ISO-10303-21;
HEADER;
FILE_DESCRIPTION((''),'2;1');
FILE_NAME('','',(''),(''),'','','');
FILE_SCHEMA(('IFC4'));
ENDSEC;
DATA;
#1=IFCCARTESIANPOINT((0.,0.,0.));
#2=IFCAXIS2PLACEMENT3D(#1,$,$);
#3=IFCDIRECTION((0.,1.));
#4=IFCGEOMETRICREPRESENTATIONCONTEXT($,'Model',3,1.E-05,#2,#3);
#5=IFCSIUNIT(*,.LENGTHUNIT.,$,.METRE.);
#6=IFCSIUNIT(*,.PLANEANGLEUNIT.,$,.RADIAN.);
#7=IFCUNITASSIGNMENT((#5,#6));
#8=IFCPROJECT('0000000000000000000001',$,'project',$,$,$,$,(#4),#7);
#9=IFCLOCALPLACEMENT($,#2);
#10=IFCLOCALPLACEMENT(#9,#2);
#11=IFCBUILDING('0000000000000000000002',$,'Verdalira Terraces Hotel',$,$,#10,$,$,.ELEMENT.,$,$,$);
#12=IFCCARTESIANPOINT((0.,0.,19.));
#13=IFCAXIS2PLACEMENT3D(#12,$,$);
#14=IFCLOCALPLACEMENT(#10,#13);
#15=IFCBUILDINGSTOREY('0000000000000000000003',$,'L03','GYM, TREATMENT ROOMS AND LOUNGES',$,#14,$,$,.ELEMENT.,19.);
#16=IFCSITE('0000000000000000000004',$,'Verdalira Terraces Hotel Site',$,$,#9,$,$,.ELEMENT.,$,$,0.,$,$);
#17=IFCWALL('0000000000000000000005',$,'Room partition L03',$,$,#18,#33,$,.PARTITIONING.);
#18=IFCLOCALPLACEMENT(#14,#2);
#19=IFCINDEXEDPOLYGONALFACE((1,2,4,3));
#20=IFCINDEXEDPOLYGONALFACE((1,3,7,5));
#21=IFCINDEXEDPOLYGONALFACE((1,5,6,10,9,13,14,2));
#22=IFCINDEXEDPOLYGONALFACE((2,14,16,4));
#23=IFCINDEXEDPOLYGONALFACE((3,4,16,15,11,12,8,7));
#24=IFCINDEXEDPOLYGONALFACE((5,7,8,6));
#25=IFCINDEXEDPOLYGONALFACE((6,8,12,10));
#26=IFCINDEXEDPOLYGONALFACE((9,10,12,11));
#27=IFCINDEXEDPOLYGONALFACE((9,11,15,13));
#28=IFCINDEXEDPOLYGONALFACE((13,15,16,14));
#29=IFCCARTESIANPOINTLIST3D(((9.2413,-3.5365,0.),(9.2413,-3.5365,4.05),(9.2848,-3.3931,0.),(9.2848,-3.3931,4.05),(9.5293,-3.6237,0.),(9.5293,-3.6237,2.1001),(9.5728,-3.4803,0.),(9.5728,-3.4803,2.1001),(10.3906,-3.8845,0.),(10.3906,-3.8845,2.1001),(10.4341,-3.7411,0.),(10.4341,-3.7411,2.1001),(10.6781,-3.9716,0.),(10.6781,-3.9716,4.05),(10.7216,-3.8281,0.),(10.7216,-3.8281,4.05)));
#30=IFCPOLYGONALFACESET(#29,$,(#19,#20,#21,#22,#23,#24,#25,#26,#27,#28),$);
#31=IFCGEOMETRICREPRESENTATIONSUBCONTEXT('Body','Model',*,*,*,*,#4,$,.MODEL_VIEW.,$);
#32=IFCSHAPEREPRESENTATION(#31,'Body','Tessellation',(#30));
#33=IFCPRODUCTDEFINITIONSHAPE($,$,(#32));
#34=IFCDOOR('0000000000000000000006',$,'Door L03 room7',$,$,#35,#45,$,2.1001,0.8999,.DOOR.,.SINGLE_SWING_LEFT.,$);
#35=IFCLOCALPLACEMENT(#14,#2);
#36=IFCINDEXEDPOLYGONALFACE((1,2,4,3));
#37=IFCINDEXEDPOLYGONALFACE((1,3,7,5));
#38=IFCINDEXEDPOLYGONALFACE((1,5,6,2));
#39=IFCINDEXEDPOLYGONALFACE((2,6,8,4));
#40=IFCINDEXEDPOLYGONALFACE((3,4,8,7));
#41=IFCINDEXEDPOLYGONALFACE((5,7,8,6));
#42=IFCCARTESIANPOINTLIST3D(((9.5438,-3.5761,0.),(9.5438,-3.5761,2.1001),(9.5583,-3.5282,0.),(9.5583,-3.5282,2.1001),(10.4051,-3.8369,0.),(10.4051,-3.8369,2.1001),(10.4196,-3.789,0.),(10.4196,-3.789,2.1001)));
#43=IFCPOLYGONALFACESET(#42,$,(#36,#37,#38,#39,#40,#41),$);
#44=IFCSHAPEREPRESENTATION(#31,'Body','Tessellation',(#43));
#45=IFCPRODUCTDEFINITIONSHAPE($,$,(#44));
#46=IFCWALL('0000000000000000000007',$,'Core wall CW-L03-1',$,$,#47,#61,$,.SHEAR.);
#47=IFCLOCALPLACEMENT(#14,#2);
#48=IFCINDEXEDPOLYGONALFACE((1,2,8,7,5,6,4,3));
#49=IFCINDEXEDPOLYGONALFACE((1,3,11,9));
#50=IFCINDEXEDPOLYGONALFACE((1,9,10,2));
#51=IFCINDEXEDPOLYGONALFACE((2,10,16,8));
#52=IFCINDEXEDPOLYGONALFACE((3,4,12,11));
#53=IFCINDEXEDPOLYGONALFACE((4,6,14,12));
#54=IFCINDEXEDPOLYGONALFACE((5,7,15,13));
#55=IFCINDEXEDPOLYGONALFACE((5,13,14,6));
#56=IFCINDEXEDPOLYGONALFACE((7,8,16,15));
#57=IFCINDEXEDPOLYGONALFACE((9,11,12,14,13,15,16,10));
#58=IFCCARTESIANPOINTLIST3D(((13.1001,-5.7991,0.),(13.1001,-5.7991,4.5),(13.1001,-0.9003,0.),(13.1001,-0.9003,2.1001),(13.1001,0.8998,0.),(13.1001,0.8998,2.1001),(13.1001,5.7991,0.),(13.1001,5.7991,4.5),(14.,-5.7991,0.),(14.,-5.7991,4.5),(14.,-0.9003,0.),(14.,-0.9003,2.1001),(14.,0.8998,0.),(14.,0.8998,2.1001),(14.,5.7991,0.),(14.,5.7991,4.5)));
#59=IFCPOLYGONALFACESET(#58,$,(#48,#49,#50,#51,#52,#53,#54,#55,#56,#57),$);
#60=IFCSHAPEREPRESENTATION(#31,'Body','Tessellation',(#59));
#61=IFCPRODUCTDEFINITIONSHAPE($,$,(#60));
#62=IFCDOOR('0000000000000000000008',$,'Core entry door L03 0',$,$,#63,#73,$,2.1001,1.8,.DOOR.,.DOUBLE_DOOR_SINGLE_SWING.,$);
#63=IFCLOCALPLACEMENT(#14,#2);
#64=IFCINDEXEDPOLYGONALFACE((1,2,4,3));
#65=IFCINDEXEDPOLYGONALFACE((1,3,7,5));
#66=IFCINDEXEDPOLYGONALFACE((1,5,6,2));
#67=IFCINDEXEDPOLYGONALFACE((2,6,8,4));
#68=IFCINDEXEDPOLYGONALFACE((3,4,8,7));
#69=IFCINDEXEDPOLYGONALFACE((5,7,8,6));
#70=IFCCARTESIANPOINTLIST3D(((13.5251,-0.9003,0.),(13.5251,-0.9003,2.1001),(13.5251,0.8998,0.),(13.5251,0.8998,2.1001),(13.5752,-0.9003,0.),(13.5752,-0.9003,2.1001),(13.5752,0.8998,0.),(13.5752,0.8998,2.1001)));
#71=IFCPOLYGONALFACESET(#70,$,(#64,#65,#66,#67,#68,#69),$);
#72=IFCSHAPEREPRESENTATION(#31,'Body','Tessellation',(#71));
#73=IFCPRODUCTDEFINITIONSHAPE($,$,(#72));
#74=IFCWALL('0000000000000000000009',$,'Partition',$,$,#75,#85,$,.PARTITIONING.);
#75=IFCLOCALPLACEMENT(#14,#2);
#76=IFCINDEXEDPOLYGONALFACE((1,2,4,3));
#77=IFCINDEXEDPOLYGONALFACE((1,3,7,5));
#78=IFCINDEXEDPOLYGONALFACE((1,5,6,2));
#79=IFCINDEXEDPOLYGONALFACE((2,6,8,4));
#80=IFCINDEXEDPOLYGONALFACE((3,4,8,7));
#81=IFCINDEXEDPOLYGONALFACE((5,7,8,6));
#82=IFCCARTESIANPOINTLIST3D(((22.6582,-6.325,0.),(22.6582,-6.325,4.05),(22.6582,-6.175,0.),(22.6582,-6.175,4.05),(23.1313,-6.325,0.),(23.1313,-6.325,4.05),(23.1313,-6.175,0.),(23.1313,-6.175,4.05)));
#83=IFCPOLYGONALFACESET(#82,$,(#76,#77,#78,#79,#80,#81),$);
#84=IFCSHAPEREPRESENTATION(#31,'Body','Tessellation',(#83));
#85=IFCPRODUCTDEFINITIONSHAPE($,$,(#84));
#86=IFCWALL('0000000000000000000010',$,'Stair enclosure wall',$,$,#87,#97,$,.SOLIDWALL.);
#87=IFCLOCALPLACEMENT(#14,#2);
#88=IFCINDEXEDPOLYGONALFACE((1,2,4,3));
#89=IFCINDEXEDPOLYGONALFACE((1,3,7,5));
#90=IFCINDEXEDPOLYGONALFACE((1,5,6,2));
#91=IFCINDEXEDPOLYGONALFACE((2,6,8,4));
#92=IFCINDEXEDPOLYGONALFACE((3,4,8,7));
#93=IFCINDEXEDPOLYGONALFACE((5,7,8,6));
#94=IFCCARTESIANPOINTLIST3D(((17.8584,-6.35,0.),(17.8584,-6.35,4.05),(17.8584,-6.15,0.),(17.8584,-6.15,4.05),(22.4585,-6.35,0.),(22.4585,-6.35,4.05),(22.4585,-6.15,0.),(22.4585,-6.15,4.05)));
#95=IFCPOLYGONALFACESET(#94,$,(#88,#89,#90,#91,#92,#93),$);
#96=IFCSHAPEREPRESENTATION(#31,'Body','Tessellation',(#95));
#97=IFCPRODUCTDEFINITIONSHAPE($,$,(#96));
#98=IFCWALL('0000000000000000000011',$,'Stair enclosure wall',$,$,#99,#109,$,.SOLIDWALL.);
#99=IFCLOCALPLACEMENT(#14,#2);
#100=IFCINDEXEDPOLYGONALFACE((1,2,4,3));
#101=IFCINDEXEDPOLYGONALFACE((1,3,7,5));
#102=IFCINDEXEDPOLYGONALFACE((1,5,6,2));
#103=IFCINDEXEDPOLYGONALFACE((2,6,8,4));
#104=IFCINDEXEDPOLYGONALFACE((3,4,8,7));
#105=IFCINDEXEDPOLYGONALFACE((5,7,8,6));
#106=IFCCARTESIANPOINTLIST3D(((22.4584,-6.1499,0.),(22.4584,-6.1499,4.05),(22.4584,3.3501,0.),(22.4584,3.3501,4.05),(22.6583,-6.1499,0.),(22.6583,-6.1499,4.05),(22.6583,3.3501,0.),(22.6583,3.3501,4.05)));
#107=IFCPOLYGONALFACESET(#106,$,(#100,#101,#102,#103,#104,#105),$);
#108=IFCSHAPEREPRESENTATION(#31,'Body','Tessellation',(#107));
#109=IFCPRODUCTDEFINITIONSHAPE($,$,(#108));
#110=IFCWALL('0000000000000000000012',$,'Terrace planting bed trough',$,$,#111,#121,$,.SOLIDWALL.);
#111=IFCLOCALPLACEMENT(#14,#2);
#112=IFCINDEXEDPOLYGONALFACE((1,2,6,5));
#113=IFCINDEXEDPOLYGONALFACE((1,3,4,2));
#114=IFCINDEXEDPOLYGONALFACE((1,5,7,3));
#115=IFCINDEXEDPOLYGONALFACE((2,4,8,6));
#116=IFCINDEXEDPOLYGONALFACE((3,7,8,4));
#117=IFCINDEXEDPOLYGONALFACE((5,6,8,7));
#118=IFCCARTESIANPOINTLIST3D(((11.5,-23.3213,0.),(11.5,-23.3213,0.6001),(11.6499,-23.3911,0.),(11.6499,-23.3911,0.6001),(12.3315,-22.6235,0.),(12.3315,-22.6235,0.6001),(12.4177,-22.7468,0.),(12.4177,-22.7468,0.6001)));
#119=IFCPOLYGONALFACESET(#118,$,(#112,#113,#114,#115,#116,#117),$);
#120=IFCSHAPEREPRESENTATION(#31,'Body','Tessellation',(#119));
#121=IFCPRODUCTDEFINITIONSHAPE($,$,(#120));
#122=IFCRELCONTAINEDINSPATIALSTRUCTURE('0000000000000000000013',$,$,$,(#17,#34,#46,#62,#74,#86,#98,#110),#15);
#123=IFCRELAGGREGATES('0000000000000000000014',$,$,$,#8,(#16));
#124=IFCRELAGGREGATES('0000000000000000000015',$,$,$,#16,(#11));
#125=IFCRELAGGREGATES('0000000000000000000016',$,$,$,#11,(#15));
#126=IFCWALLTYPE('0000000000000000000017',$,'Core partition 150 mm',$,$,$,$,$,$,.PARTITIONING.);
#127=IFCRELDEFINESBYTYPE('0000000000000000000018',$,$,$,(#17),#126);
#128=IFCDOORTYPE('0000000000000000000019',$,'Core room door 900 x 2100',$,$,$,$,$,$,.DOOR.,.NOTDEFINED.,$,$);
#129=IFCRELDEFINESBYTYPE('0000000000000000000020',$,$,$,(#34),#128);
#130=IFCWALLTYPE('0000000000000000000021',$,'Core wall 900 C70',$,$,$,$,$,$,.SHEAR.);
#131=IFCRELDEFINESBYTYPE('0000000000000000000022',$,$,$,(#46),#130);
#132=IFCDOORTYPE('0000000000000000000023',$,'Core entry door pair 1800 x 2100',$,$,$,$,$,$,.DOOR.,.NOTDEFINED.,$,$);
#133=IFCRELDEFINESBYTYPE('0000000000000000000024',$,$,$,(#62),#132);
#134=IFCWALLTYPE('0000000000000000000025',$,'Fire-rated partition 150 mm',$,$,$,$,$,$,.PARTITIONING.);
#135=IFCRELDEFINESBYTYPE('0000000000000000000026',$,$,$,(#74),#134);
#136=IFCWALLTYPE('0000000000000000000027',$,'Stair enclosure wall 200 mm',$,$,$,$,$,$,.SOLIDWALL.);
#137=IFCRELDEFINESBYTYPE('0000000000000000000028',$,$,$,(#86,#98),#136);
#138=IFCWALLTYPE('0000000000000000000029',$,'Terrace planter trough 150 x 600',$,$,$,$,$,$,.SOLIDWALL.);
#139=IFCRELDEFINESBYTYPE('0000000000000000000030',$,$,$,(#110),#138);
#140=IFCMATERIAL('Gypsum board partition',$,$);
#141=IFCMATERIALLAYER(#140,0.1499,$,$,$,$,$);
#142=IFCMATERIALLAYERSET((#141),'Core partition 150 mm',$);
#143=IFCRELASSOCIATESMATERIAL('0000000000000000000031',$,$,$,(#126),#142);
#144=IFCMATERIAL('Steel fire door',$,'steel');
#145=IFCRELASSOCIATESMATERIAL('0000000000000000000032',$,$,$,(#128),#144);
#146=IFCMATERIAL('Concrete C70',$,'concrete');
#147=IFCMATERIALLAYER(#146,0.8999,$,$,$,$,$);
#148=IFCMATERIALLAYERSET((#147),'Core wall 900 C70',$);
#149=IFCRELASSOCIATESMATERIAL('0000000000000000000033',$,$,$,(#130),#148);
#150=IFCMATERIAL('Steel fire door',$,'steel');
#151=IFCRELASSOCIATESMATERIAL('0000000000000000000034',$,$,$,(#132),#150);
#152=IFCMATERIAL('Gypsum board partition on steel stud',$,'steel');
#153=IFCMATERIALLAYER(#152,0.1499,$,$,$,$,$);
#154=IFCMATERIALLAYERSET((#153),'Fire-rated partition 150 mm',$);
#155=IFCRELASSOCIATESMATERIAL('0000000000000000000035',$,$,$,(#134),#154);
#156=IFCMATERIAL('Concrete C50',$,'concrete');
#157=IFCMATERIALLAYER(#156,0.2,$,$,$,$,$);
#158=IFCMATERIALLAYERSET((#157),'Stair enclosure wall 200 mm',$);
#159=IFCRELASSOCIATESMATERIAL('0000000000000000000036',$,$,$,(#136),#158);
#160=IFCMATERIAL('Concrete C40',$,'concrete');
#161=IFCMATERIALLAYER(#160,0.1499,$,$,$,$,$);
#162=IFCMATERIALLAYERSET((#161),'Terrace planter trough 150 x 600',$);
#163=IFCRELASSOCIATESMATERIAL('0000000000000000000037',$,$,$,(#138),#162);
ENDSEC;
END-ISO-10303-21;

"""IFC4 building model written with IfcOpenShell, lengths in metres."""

from ifc_helpers import new_model, si_unit, direction, frame, frame_2d, origin, place, context, subcontext, project, spatial, polyline, rectangle, outline, extrude, material, layer, layer_set, type_object, element, fill, save


model = new_model("IFC4")

# Units and contexts
model_context = context("Model", 3, precision=1e-05, world=origin(), true_north=direction((0.0, 1.0)))
body_context = subcontext(model_context, "Body", "Model", "MODEL_VIEW")
ifc_project = project(units=[si_unit("LENGTHUNIT", "METRE"), si_unit("PLANEANGLEUNIT", "RADIAN")], contexts=[model_context])

# Site, building, storey
site_placement = place(None, origin())
site = spatial("IfcSite", under=ifc_project, at=site_placement, Name="Verdalira Terraces Hotel Site", CompositionType="ELEMENT", RefElevation=0.0)
building_placement = place(site_placement, origin())
building = spatial("IfcBuilding", under=site, at=building_placement, Name="Verdalira Terraces Hotel", CompositionType="ELEMENT")
storey_placement = place(building_placement, frame((0.0, 0.0, 19.0)))
storey = spatial("IfcBuildingStorey", under=building, at=storey_placement, Name="L03", Description="GYM, TREATMENT ROOMS AND LOUNGES", CompositionType="ELEMENT", Elevation=19.0)

# Walls, openings, doors
ifc_material_1 = material(Name="Gypsum board partition")
ifc_layer_1 = layer(ifc_material_1, 0.1499)
ifc_layer_set_1 = layer_set([ifc_layer_1], Name="Core partition 150 mm")
wall_type_1 = type_object("IfcWallType", Name="Core partition 150 mm", PredefinedType="PARTITIONING", material=ifc_layer_set_1)
wall_1_placement = place(storey_placement, frame((9.2632, -3.4648, 0.0), z_axis=(0.0, 0.0, 1.0), x_axis=(0.957085, -0.289809, 0.0)))
wall_1 = element("IfcWall", 1, at=wall_1_placement, inside=storey, type_object=wall_type_1, Name="Room partition L03", PredefinedType="PARTITIONING", context=body_context, shape_type="SweptSolid", body=[
    extrude(rectangle(XDim=1.5012, YDim=0.1499, at=frame_2d((0.7505, 0.0))), origin(), (0.0, 0.0, 1.0), 4.05),
])
opening_1_placement = place(wall_1_placement, frame((0.3008, 0.0, 0.0)))
opening_1 = element("IfcOpeningElement", 2, at=opening_1_placement, cuts=wall_1, PredefinedType="OPENING", context=body_context, shape_type="SweptSolid", body=[
    extrude(rectangle(XDim=0.8999, YDim=2.1001, at=frame_2d((0.45, 1.05))), frame((0.0, 0.085, 0.0), z_axis=(0.0, -1.0, 0.0), x_axis=(1.0, 0.0, 0.0)), (0.0, 0.0, 1.0), 0.1699),
])
ifc_material_2 = material(Name="Steel fire door", Category="steel")
door_type_1 = type_object("IfcDoorType", Name="Core room door 900 x 2100", OperationType="NOTDEFINED", PredefinedType="DOOR", material=ifc_material_2)
door_1_placement = place(opening_1_placement, origin())
door_1 = element("IfcDoor", 3, at=door_1_placement, inside=storey, type_object=door_type_1, Name="Door L03 room7", OperationType="SINGLE_SWING_LEFT", OverallHeight=2.1001, OverallWidth=0.8999, PredefinedType="DOOR", context=body_context, shape_type="SweptSolid", body=[
    extrude(rectangle(XDim=0.8999, YDim=2.1001, at=frame_2d((0.45, 1.05))), frame((0.0, 0.0249, 0.0), z_axis=(0.0, -1.0, 0.0), x_axis=(1.0, 0.0, 0.0)), (0.0, 0.0, 1.0), 0.05),
])
fill(opening_1, door_1)
ifc_material_3 = material(Name="Concrete C70", Category="concrete")
ifc_layer_2 = layer(ifc_material_3, 0.8999)
ifc_layer_set_2 = layer_set([ifc_layer_2], Name="Core wall 900 C70")
wall_type_2 = type_object("IfcWallType", Name="Core wall 900 C70", PredefinedType="SHEAR", material=ifc_layer_set_2)
wall_2_placement = place(storey_placement, frame((13.55, -5.7991, 0.0), z_axis=(0.0, 0.0, 1.0), x_axis=(0.0, 1.0, 0.0)))
wall_2 = element("IfcWall", 4, at=wall_2_placement, inside=storey, type_object=wall_type_2, Name="Core wall CW-L03-1", PredefinedType="SHEAR", context=body_context, shape_type="SweptSolid", body=[
    extrude(rectangle(XDim=11.5981, YDim=0.8999, at=frame_2d((5.7991, 0.0))), origin(), (0.0, 0.0, 1.0), 4.5),
])
opening_2_placement = place(wall_2_placement, frame((4.8989, 0.0, 0.0)))
opening_2 = element("IfcOpeningElement", 5, at=opening_2_placement, cuts=wall_2, PredefinedType="OPENING", context=body_context, shape_type="SweptSolid", body=[
    extrude(rectangle(XDim=1.8, YDim=2.1001, at=frame_2d((0.8999, 1.05))), frame((0.0, 0.46, 0.0), z_axis=(0.0, -1.0, 0.0), x_axis=(1.0, 0.0, 0.0)), (0.0, 0.0, 1.0), 0.9199),
])
ifc_material_4 = material(Name="Steel fire door", Category="steel")
door_type_2 = type_object("IfcDoorType", Name="Core entry door pair 1800 x 2100", OperationType="NOTDEFINED", PredefinedType="DOOR", material=ifc_material_4)
door_2_placement = place(opening_2_placement, origin())
door_2 = element("IfcDoor", 6, at=door_2_placement, inside=storey, type_object=door_type_2, Name="Core entry door L03 0", OperationType="DOUBLE_DOOR_SINGLE_SWING", OverallHeight=2.1001, OverallWidth=1.8, PredefinedType="DOOR", context=body_context, shape_type="SweptSolid", body=[
    extrude(rectangle(XDim=1.8, YDim=2.1001, at=frame_2d((0.8999, 1.05))), frame((0.0, 0.0249, 0.0), z_axis=(0.0, -1.0, 0.0), x_axis=(1.0, 0.0, 0.0)), (0.0, 0.0, 1.0), 0.05),
])
fill(opening_2, door_2)

# Walls
ifc_material_5 = material(Name="Gypsum board partition on steel stud", Category="steel")
ifc_layer_3 = layer(ifc_material_5, 0.1499)
ifc_layer_set_3 = layer_set([ifc_layer_3], Name="Fire-rated partition 150 mm")
wall_type_3 = type_object("IfcWallType", Name="Fire-rated partition 150 mm", PredefinedType="PARTITIONING", material=ifc_layer_set_3)
wall_3_placement = place(storey_placement, frame((22.6582, -6.25, 0.0), z_axis=(0.0, 0.0, 1.0), x_axis=(1.0, 0.0, 0.0)))
element("IfcWall", 7, at=wall_3_placement, inside=storey, type_object=wall_type_3, Name="Partition", PredefinedType="PARTITIONING", context=body_context, shape_type="SweptSolid", body=[
    extrude(rectangle(XDim=0.4731, YDim=0.1499, at=frame_2d((0.2366, 0.0))), origin(), (0.0, 0.0, 1.0), 4.05),
])
ifc_material_6 = material(Name="Concrete C50", Category="concrete")
ifc_layer_4 = layer(ifc_material_6, 0.2)
ifc_layer_set_4 = layer_set([ifc_layer_4], Name="Stair enclosure wall 200 mm")
wall_type_4 = type_object("IfcWallType", Name="Stair enclosure wall 200 mm", PredefinedType="SOLIDWALL", material=ifc_layer_set_4)
wall_4_placement = place(storey_placement, frame((17.8584, -6.25, 0.0), z_axis=(0.0, 0.0, 1.0), x_axis=(1.0, 0.0, 0.0)))
element("IfcWall", 8, at=wall_4_placement, inside=storey, type_object=wall_type_4, Name="Stair enclosure wall", PredefinedType="SOLIDWALL", context=body_context, shape_type="SweptSolid", body=[
    extrude(rectangle(XDim=4.6001, YDim=0.2, at=frame_2d((2.3, 0.0))), origin(), (0.0, 0.0, 1.0), 4.05),
])
wall_5_placement = place(storey_placement, frame((22.5584, -6.1499, 0.0), z_axis=(0.0, 0.0, 1.0), x_axis=(0.0, 1.0, 0.0)))
element("IfcWall", 9, at=wall_5_placement, inside=storey, type_object=wall_type_4, Name="Stair enclosure wall", PredefinedType="SOLIDWALL", context=body_context, shape_type="SweptSolid", body=[
    extrude(rectangle(XDim=9.5, YDim=0.2, at=frame_2d((4.75, 0.0))), origin(), (0.0, 0.0, 1.0), 4.05),
])
ifc_material_7 = material(Name="Concrete C40", Category="concrete")
ifc_layer_5 = layer(ifc_material_7, 0.1499)
ifc_layer_set_5 = layer_set([ifc_layer_5], Name="Terrace planter trough 150 x 600")
wall_type_5 = type_object("IfcWallType", Name="Terrace planter trough 150 x 600", PredefinedType="SOLIDWALL", material=ifc_layer_set_5)
wall_6_placement = place(storey_placement, origin())
element("IfcWall", 10, at=wall_6_placement, inside=storey, type_object=wall_type_5, Name="Terrace planting bed trough", PredefinedType="SOLIDWALL", context=body_context, shape_type="SweptSolid", body=[
    extrude(outline(polyline([(12.3315, -22.6235), (11.5, -23.3213), (11.6499, -23.3911), (12.4177, -22.7468), (12.3315, -22.6235)])), origin(), (0.0, 0.0, 1.0), 0.6001),
])

save(model, "model.ifc")
